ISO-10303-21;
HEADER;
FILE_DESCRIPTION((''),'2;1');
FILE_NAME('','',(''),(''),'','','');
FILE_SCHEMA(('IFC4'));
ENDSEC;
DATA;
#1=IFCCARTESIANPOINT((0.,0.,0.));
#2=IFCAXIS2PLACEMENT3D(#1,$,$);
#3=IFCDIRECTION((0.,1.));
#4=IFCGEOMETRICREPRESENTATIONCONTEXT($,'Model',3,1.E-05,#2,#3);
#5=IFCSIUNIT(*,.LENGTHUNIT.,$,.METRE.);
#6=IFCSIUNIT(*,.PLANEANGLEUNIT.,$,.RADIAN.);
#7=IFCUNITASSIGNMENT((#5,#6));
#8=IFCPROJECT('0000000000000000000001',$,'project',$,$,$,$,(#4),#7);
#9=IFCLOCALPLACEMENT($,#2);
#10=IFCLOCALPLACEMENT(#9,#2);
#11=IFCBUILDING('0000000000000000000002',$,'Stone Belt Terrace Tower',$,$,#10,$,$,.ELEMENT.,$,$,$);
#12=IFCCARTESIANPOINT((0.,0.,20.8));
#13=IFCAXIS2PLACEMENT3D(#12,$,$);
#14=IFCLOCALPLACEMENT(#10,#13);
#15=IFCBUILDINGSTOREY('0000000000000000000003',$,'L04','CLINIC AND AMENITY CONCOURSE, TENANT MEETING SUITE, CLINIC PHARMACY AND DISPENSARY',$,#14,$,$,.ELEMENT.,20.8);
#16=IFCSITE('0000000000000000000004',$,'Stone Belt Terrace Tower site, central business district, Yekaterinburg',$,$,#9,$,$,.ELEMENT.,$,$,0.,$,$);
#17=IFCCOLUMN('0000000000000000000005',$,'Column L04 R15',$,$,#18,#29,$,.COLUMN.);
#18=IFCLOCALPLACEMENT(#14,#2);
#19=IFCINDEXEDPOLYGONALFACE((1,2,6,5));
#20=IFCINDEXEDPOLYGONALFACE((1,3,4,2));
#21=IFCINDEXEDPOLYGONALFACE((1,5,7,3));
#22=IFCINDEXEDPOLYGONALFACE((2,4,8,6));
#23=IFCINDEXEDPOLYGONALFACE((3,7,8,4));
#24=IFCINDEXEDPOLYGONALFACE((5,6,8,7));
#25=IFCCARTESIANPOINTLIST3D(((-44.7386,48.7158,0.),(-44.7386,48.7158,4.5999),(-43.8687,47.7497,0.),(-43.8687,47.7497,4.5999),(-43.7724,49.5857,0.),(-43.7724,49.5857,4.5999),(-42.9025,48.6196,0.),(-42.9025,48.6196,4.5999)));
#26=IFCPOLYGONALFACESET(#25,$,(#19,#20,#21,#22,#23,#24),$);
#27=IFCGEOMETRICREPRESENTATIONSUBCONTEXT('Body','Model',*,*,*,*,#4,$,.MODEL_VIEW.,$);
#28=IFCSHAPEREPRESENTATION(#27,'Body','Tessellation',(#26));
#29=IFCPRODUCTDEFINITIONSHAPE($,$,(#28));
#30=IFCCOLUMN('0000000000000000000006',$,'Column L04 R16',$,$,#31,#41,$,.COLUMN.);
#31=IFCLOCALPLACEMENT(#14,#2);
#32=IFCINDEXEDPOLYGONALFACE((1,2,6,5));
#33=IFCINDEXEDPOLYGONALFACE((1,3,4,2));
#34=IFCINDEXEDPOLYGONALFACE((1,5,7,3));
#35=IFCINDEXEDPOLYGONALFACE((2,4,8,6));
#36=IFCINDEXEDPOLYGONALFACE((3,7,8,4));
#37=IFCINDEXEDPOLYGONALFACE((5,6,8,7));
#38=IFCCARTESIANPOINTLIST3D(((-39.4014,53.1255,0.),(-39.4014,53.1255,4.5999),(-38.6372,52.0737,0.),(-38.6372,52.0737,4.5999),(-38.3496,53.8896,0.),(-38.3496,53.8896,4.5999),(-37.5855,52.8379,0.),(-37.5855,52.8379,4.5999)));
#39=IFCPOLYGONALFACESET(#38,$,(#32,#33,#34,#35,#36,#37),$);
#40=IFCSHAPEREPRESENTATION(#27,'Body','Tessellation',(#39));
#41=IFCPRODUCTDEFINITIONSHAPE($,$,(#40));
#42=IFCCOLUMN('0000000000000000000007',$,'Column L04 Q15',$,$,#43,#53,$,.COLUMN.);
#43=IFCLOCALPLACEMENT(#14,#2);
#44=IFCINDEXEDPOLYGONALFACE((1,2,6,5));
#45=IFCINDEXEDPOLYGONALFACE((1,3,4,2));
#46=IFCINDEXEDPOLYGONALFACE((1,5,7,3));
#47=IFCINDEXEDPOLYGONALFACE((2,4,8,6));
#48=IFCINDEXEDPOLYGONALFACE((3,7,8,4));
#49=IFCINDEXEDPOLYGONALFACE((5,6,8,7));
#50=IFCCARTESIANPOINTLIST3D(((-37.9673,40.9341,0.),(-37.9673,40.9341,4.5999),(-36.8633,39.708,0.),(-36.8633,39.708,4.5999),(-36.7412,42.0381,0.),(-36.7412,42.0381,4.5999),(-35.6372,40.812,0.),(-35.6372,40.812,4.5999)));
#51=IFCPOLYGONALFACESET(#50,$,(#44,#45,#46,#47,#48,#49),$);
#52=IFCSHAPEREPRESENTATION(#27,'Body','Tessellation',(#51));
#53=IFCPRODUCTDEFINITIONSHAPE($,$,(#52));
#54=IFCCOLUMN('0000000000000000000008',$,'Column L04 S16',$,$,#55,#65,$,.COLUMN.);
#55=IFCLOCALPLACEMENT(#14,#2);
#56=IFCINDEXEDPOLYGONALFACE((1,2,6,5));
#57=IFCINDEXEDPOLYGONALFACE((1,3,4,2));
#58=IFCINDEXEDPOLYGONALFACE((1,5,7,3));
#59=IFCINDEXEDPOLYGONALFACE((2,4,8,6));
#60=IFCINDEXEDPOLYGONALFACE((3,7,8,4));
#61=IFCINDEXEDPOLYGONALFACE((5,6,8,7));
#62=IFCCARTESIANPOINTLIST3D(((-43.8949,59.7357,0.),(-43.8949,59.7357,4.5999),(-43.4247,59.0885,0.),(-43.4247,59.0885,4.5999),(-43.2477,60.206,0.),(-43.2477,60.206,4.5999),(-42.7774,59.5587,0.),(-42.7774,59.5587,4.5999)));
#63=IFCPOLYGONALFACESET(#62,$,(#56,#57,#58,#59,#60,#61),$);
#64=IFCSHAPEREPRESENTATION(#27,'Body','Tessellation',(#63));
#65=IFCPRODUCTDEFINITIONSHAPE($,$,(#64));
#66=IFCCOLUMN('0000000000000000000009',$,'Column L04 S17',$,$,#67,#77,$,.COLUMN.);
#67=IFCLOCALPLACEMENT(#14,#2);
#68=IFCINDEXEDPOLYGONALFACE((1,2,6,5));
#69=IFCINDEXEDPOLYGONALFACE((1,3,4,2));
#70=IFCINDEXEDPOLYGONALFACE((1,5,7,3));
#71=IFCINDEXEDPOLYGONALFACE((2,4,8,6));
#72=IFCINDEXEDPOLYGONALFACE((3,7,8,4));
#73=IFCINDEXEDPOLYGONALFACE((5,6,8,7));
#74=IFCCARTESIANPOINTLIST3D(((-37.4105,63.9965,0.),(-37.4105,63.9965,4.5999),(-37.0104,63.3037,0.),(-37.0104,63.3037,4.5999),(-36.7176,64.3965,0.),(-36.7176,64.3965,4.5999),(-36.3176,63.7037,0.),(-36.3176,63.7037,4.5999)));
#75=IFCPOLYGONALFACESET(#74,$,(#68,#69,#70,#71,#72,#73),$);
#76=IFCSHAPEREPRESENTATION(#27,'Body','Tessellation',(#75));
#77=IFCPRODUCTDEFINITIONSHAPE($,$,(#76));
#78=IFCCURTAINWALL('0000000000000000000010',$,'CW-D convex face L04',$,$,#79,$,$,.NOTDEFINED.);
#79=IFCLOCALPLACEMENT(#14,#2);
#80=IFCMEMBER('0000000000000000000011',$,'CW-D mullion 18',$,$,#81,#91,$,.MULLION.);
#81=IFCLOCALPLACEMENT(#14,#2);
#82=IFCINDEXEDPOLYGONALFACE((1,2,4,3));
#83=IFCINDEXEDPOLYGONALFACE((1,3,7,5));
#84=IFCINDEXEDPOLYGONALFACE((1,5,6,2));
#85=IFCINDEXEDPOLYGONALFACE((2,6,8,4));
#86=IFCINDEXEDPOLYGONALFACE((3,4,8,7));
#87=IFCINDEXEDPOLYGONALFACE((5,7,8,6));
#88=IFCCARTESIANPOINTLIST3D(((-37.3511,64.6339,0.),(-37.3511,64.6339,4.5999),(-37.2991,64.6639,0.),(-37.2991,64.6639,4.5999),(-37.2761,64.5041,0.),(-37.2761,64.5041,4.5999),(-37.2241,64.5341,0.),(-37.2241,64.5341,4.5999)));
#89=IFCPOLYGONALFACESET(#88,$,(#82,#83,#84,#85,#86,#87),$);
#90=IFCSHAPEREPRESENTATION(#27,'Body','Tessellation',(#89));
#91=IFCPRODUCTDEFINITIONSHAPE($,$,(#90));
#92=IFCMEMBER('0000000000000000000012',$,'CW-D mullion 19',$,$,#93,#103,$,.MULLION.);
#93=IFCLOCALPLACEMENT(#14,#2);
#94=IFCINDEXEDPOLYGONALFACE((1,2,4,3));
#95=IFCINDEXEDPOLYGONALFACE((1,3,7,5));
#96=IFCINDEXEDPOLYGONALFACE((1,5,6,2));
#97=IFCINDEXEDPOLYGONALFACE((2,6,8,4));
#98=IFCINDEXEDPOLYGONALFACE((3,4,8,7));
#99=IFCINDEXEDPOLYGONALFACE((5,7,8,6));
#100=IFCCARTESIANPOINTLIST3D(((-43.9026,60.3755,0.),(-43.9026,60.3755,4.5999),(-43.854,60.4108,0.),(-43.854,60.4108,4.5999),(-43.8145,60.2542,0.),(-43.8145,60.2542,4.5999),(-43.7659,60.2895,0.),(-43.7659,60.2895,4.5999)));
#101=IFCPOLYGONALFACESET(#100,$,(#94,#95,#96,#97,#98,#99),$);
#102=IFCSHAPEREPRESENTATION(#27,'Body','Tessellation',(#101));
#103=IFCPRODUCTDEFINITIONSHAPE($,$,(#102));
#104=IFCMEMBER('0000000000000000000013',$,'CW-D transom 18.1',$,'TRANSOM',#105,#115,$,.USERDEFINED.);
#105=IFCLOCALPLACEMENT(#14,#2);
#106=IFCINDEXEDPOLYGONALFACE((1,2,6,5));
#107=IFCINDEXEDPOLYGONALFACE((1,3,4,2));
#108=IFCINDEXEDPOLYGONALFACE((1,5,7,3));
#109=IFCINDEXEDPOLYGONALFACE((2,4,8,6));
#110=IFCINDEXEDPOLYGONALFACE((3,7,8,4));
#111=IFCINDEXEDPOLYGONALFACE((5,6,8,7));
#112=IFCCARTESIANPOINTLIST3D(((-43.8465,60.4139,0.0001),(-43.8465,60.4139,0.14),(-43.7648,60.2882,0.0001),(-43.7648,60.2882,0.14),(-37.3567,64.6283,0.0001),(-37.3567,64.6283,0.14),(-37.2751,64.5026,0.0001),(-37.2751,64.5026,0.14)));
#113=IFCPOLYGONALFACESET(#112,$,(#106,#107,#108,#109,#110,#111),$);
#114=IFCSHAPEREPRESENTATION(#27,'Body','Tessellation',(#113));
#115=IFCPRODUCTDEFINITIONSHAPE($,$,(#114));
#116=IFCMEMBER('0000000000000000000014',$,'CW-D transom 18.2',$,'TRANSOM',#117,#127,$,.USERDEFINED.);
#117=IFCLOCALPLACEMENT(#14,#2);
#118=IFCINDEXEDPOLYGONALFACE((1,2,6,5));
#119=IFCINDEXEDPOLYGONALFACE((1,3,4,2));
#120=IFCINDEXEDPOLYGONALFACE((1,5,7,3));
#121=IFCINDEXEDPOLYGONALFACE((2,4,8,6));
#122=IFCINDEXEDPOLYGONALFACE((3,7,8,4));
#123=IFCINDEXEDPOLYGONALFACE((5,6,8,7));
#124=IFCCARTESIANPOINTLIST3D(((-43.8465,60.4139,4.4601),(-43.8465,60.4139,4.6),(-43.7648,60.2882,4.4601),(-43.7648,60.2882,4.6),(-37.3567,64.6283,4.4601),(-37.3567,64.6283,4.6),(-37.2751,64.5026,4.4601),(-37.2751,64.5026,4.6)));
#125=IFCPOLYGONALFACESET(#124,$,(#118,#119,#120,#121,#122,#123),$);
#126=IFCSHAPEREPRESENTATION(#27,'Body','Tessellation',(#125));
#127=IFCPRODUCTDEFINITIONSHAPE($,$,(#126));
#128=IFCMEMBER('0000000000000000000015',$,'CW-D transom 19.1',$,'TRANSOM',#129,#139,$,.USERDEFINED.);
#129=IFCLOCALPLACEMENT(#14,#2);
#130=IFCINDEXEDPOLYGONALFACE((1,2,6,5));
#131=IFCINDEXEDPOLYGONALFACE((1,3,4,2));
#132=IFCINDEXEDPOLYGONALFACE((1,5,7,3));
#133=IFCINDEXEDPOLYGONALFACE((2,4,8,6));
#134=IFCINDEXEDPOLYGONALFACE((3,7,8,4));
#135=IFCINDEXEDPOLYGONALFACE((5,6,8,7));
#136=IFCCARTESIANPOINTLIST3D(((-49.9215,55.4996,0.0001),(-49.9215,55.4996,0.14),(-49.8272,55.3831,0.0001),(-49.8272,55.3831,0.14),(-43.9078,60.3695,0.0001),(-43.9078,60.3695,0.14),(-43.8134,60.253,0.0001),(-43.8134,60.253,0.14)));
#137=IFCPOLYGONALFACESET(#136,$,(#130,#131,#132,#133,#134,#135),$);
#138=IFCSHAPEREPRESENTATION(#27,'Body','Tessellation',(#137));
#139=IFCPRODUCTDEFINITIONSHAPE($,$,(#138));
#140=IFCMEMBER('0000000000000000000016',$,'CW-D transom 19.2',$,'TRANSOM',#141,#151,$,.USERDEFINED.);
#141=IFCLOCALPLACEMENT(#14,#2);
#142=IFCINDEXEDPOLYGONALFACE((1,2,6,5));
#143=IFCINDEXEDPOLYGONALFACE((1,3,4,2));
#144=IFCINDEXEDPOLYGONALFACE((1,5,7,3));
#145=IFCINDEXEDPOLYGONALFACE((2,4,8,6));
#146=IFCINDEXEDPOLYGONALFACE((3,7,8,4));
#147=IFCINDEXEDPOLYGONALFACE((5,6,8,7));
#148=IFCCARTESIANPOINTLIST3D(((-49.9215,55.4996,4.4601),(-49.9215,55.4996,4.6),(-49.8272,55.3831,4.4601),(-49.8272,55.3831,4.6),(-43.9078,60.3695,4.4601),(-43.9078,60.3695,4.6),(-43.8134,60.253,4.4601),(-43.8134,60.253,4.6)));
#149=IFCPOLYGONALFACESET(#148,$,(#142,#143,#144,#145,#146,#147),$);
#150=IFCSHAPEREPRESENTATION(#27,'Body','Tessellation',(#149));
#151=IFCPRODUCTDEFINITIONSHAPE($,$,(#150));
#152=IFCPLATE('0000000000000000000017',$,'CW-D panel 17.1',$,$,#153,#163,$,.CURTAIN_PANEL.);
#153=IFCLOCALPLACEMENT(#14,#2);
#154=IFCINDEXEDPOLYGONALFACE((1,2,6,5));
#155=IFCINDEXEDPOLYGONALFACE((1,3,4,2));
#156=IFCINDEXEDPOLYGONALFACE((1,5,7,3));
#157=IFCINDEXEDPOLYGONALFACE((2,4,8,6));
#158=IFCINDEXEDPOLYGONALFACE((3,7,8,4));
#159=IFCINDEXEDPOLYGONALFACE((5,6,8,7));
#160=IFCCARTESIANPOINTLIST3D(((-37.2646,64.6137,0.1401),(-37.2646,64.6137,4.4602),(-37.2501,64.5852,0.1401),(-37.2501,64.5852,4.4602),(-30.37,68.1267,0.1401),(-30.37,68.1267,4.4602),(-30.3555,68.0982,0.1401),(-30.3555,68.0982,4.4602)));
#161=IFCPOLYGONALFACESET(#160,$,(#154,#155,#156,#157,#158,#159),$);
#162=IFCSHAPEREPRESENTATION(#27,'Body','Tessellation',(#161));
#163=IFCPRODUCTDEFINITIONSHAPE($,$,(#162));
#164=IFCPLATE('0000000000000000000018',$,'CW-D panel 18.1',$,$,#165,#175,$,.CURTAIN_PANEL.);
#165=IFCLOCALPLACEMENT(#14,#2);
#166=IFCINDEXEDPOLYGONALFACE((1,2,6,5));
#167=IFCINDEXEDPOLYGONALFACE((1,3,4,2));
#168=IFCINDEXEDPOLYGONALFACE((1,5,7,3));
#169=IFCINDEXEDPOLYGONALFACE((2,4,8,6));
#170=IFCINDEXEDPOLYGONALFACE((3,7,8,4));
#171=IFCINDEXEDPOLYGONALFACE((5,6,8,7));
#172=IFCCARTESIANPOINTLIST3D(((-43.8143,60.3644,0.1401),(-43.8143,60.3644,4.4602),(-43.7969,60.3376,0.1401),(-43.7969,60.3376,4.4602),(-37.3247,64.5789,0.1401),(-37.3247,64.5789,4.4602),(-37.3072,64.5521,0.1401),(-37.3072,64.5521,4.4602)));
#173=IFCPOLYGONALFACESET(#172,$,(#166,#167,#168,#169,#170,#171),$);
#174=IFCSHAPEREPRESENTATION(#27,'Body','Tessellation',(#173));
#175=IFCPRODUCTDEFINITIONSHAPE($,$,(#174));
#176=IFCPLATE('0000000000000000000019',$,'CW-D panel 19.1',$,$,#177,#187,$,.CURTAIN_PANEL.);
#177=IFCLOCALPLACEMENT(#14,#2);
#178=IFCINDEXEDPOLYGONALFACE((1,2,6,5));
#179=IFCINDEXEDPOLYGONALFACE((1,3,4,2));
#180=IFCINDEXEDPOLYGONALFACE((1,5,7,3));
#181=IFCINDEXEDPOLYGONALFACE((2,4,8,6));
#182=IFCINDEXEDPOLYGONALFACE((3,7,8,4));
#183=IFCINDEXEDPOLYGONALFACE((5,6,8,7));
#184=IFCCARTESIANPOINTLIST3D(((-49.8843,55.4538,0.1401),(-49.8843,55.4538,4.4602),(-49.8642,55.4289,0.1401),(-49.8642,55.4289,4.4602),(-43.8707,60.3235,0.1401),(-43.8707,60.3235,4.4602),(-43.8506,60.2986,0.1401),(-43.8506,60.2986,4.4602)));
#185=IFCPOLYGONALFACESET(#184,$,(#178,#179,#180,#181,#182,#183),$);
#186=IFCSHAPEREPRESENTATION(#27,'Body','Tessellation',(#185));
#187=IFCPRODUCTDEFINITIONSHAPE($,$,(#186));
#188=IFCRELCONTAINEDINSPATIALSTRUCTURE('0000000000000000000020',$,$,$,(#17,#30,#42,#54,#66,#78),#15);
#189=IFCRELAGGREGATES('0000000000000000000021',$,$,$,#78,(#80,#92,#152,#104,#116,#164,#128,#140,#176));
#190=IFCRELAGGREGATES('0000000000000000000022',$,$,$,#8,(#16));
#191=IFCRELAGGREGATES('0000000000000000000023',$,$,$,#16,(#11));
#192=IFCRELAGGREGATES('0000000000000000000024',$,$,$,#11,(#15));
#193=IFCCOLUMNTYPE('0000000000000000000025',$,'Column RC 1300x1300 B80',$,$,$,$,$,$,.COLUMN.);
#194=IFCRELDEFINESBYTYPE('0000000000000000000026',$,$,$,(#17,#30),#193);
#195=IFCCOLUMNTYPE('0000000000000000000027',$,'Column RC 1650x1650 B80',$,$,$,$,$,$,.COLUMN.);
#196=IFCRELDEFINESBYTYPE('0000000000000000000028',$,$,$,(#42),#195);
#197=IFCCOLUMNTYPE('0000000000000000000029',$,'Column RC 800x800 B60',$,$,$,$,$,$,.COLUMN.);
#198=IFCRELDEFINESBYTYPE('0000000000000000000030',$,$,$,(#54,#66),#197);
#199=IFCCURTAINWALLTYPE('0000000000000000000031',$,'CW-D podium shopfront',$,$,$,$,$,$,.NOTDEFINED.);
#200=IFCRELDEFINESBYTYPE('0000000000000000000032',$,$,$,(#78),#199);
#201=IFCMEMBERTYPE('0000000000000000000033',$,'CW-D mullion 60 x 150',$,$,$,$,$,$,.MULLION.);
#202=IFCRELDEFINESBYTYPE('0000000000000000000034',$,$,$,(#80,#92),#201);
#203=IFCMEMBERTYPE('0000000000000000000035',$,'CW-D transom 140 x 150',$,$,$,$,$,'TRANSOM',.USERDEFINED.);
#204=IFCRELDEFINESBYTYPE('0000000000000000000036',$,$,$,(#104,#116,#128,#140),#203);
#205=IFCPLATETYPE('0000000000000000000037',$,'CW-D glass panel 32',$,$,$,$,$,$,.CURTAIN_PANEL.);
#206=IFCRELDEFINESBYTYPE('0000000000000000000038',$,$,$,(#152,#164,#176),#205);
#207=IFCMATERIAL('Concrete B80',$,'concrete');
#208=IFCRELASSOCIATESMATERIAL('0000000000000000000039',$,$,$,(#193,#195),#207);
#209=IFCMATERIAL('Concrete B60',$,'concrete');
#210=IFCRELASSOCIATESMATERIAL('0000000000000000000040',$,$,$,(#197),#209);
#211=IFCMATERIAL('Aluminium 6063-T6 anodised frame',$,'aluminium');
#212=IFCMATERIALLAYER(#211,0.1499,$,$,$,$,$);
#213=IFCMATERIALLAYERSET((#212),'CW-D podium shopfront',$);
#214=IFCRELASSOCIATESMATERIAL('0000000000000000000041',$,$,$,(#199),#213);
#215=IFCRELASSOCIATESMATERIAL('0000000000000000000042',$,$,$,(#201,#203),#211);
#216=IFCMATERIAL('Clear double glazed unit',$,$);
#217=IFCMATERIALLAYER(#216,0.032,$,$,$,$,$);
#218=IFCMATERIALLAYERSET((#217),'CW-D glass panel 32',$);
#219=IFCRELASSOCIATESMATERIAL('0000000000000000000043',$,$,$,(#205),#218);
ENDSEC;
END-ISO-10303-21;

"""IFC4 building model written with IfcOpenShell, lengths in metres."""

from ifc_helpers import new_model, si_unit, direction, frame, origin, origin_2d, place, context, subcontext, project, spatial, rectangle, extrude, material, layer, layer_set, material_profile, profile_set, type_object, element, aggregate, save


model = new_model("IFC4")

# Units and contexts
model_context = context("Model", 3, precision=1e-05, world=origin(), true_north=direction((0.0, 1.0)))
body_context = subcontext(model_context, "Body", "Model", "MODEL_VIEW")
ifc_project = project(units=[si_unit("LENGTHUNIT", "METRE"), si_unit("PLANEANGLEUNIT", "RADIAN")], contexts=[model_context])

# Site, building, storey
site_placement = place(None, origin())
site = spatial("IfcSite", under=ifc_project, at=site_placement, Name="Stone Belt Terrace Tower site, central business district, Yekaterinburg", CompositionType="ELEMENT", RefElevation=0.0)
building_placement = place(site_placement, origin())
building = spatial("IfcBuilding", under=site, at=building_placement, Name="Stone Belt Terrace Tower", CompositionType="ELEMENT")
storey_placement = place(building_placement, frame((0.0, 0.0, 20.8)))
storey = spatial("IfcBuildingStorey", under=building, at=storey_placement, Name="L04", Description="CLINIC AND AMENITY CONCOURSE, TENANT MEETING SUITE, CLINIC PHARMACY AND DISPENSARY", CompositionType="ELEMENT", Elevation=20.8)

# Columns
ifc_material_1 = material(Name="Concrete B80", Category="concrete")
ifc_material_profile_1 = material_profile(ifc_material_1, rectangle(XDim=1.3, YDim=1.3, at=origin_2d()), Name="RC 1300x1300")
ifc_profile_set_1 = profile_set([ifc_material_profile_1], Name="Concrete B80")
column_type_1 = type_object("IfcColumnType", Name="Column RC 1300x1300 B80", PredefinedType="COLUMN", material=ifc_profile_set_1)
for number, where, z_axis, x_axis, name in (
    (1, (-43.8206, 48.6677, 0.0), (0.0, 0.0, 1.0), (0.743145, 0.669131, 0.0), "Column L04 R15"),
    (2, (-38.4934, 52.9817, 0.0), (0.0, 0.0, 1.0), (0.809017, 0.587785, 0.0), "Column L04 R16"),
):
    element("IfcColumn", number, at=place(storey_placement, frame(where, z_axis=z_axis, x_axis=x_axis)), inside=storey, type_object=column_type_1, Name=name, PredefinedType="COLUMN", context=body_context, shape_type="SweptSolid", body=[
        extrude(rectangle(XDim=1.3, YDim=1.3, at=origin_2d()), origin(), (0.0, 0.0, 1.0), 4.5999),
    ])
ifc_material_profile_2 = material_profile(ifc_material_1, rectangle(XDim=1.6499, YDim=1.6499, at=origin_2d()), Name="RC 1650x1650")
ifc_profile_set_2 = profile_set([ifc_material_profile_2], Name="Concrete B80")
column_type_2 = type_object("IfcColumnType", Name="Column RC 1650x1650 B80", PredefinedType="COLUMN", material=ifc_profile_set_2)
column_placement = place(storey_placement, frame((-36.8022, 40.873, 0.0), z_axis=(0.0, 0.0, 1.0), x_axis=(0.743145, 0.669131, 0.0)))
element("IfcColumn", 3, at=column_placement, inside=storey, type_object=column_type_2, Name="Column L04 Q15", PredefinedType="COLUMN", context=body_context, shape_type="SweptSolid", body=[
    extrude(rectangle(XDim=1.6499, YDim=1.6499, at=origin_2d()), origin(), (0.0, 0.0, 1.0), 4.5999),
])
ifc_material_2 = material(Name="Concrete B60", Category="concrete")
ifc_material_profile_3 = material_profile(ifc_material_2, rectangle(XDim=0.8, YDim=0.8, at=origin_2d()), Name="RC 800x800")
ifc_profile_set_3 = profile_set([ifc_material_profile_3], Name="Concrete B60")
column_type_3 = type_object("IfcColumnType", Name="Column RC 800x800 B60", PredefinedType="COLUMN", material=ifc_profile_set_3)
for number, where, z_axis, x_axis, name in (
    (4, (-43.3362, 59.6472, 0.0), (0.0, 0.0, 1.0), (0.809017, 0.587785, 0.0), "Column L04 S16"),
    (5, (-36.864, 63.8501, 0.0), (0.0, 0.0, 1.0), (0.866025, 0.5, 0.0), "Column L04 S17"),
):
    element("IfcColumn", number, at=place(storey_placement, frame(where, z_axis=z_axis, x_axis=x_axis)), inside=storey, type_object=column_type_3, Name=name, PredefinedType="COLUMN", context=body_context, shape_type="SweptSolid", body=[
        extrude(rectangle(XDim=0.8, YDim=0.8, at=origin_2d()), origin(), (0.0, 0.0, 1.0), 4.5999),
    ])

# Curtain wall, members, plates
ifc_material_3 = material(Name="Aluminium 6063-T6 anodised frame", Category="aluminium")
ifc_layer_1 = layer(ifc_material_3, 0.1499)
ifc_layer_set_1 = layer_set([ifc_layer_1], Name="CW-D podium shopfront")
curtain_wall_type = type_object("IfcCurtainWallType", Name="CW-D podium shopfront", PredefinedType="NOTDEFINED", material=ifc_layer_set_1)
curtain_wall_placement = place(storey_placement, origin())
curtain_wall = element("IfcCurtainWall", 6, at=curtain_wall_placement, inside=storey, type_object=curtain_wall_type, Name="CW-D convex face L04", PredefinedType="NOTDEFINED")
ifc_material_profile_4 = material_profile(ifc_material_3, rectangle(XDim=0.1499, YDim=0.0601, at=origin_2d()), Name="Aluminium 6063-T6 60x150")
ifc_profile_set_4 = profile_set([ifc_material_profile_4], Name="Aluminium 6063-T6 anodised frame")
member_type_1 = type_object("IfcMemberType", Name="CW-D mullion 60 x 150", PredefinedType="MULLION", material=ifc_profile_set_4)
member_1_placement = place(storey_placement, frame((-37.2876, 64.584, 0.0), z_axis=(0.0, 0.0, 1.0), x_axis=(0.5, -0.866025, 0.0)))
member_1 = element("IfcMember", 7, at=member_1_placement, type_object=member_type_1, Name="CW-D mullion 18", PredefinedType="MULLION", context=body_context, shape_type="SweptSolid", body=[
    extrude(rectangle(XDim=0.1499, YDim=0.0601, at=origin_2d()), origin(), (0.0, 0.0, 1.0), 4.5999),
])
member_2_placement = place(storey_placement, frame((-43.8342, 60.3325, 0.0), z_axis=(0.0, 0.0, 1.0), x_axis=(0.587785, -0.809017, 0.0)))
member_2 = element("IfcMember", 8, at=member_2_placement, type_object=member_type_1, Name="CW-D mullion 19", PredefinedType="MULLION", context=body_context, shape_type="SweptSolid", body=[
    extrude(rectangle(XDim=0.1499, YDim=0.0601, at=origin_2d()), origin(), (0.0, 0.0, 1.0), 4.5999),
])
ifc_material_profile_5 = material_profile(ifc_material_3, rectangle(XDim=0.1499, YDim=0.1399, at=origin_2d()), Name="Aluminium 6063-T6 150x140")
ifc_profile_set_5 = profile_set([ifc_material_profile_5], Name="Aluminium 6063-T6 anodised frame")
member_type_2 = type_object("IfcMemberType", Name="CW-D transom 140 x 150", ElementType="TRANSOM", PredefinedType="USERDEFINED", material=ifc_profile_set_5)
member_3_placement = place(storey_placement, frame((-37.3159, 64.5654, 0.0701), z_axis=(-0.838679, -0.544627, 0.0), x_axis=(0.544627, -0.838679, 0.0)))
member_3 = element("IfcMember", 9, at=member_3_placement, type_object=member_type_2, Name="CW-D transom 18.1", ObjectType="TRANSOM", PredefinedType="USERDEFINED", context=body_context, shape_type="SweptSolid", body=[
    extrude(rectangle(XDim=0.1499, YDim=0.1399, at=origin_2d()), origin(), (0.0, 0.0, 1.0), 7.738),
])
member_4_placement = place(storey_placement, frame((-37.3159, 64.5654, 4.53), z_axis=(-0.838679, -0.544627, 0.0), x_axis=(0.544627, -0.838679, 0.0)))
member_4 = element("IfcMember", 10, at=member_4_placement, type_object=member_type_2, Name="CW-D transom 18.2", ObjectType="TRANSOM", PredefinedType="USERDEFINED", context=body_context, shape_type="SweptSolid", body=[
    extrude(rectangle(XDim=0.1499, YDim=0.1399, at=origin_2d()), origin(), (0.0, 0.0, 1.0), 7.738),
])
member_5_placement = place(storey_placement, frame((-43.8606, 60.3113, 0.0701), z_axis=(-0.77714, -0.629328, 0.0), x_axis=(0.629328, -0.77714, 0.0)))
member_5 = element("IfcMember", 11, at=member_5_placement, type_object=member_type_2, Name="CW-D transom 19.1", ObjectType="TRANSOM", PredefinedType="USERDEFINED", context=body_context, shape_type="SweptSolid", body=[
    extrude(rectangle(XDim=0.1499, YDim=0.1399, at=origin_2d()), origin(), (0.0, 0.0, 1.0), 7.7383),
])
member_6_placement = place(storey_placement, frame((-43.8606, 60.3113, 4.53), z_axis=(-0.77714, -0.629328, 0.0), x_axis=(0.629328, -0.77714, 0.0)))
member_6 = element("IfcMember", 12, at=member_6_placement, type_object=member_type_2, Name="CW-D transom 19.2", ObjectType="TRANSOM", PredefinedType="USERDEFINED", context=body_context, shape_type="SweptSolid", body=[
    extrude(rectangle(XDim=0.1499, YDim=0.1399, at=origin_2d()), origin(), (0.0, 0.0, 1.0), 7.7383),
])
ifc_material_4 = material(Name="Clear double glazed unit")
ifc_layer_2 = layer(ifc_material_4, 0.032)
ifc_layer_set_2 = layer_set([ifc_layer_2], Name="CW-D glass panel 32")
plate_type = type_object("IfcPlateType", Name="CW-D glass panel 32", PredefinedType="CURTAIN_PANEL", material=ifc_layer_set_2)
plate_1_placement = place(storey_placement, frame((-33.8101, 66.356, 0.1401), z_axis=(0.0, 0.0, 1.0), x_axis=(-0.891007, -0.45399, 0.0)))
plate_1 = element("IfcPlate", 13, at=plate_1_placement, type_object=plate_type, Name="CW-D panel 17.1", PredefinedType="CURTAIN_PANEL", context=body_context, shape_type="SweptSolid", body=[
    extrude(rectangle(XDim=7.738, YDim=0.032, at=origin_2d()), origin(), (0.0, 0.0, 1.0), 4.3201),
])
plate_2_placement = place(storey_placement, frame((-40.5608, 62.4583, 0.1401), z_axis=(0.0, 0.0, 1.0), x_axis=(-0.838671, -0.544639, 0.0)))
plate_2 = element("IfcPlate", 14, at=plate_2_placement, type_object=plate_type, Name="CW-D panel 18.1", PredefinedType="CURTAIN_PANEL", context=body_context, shape_type="SweptSolid", body=[
    extrude(rectangle(XDim=7.738, YDim=0.032, at=origin_2d()), origin(), (0.0, 0.0, 1.0), 4.3201),
])
plate_3_placement = place(storey_placement, frame((-46.8674, 57.8762, 0.1401), z_axis=(0.0, 0.0, 1.0), x_axis=(-0.777146, -0.62932, 0.0)))
plate_3 = element("IfcPlate", 15, at=plate_3_placement, type_object=plate_type, Name="CW-D panel 19.1", PredefinedType="CURTAIN_PANEL", context=body_context, shape_type="SweptSolid", body=[
    extrude(rectangle(XDim=7.738, YDim=0.032, at=origin_2d()), origin(), (0.0, 0.0, 1.0), 4.3201),
])
aggregate(curtain_wall, [member_1, member_2, plate_1, member_3, member_4, plate_2, member_5, member_6, plate_3])

save(model, "model.ifc")
